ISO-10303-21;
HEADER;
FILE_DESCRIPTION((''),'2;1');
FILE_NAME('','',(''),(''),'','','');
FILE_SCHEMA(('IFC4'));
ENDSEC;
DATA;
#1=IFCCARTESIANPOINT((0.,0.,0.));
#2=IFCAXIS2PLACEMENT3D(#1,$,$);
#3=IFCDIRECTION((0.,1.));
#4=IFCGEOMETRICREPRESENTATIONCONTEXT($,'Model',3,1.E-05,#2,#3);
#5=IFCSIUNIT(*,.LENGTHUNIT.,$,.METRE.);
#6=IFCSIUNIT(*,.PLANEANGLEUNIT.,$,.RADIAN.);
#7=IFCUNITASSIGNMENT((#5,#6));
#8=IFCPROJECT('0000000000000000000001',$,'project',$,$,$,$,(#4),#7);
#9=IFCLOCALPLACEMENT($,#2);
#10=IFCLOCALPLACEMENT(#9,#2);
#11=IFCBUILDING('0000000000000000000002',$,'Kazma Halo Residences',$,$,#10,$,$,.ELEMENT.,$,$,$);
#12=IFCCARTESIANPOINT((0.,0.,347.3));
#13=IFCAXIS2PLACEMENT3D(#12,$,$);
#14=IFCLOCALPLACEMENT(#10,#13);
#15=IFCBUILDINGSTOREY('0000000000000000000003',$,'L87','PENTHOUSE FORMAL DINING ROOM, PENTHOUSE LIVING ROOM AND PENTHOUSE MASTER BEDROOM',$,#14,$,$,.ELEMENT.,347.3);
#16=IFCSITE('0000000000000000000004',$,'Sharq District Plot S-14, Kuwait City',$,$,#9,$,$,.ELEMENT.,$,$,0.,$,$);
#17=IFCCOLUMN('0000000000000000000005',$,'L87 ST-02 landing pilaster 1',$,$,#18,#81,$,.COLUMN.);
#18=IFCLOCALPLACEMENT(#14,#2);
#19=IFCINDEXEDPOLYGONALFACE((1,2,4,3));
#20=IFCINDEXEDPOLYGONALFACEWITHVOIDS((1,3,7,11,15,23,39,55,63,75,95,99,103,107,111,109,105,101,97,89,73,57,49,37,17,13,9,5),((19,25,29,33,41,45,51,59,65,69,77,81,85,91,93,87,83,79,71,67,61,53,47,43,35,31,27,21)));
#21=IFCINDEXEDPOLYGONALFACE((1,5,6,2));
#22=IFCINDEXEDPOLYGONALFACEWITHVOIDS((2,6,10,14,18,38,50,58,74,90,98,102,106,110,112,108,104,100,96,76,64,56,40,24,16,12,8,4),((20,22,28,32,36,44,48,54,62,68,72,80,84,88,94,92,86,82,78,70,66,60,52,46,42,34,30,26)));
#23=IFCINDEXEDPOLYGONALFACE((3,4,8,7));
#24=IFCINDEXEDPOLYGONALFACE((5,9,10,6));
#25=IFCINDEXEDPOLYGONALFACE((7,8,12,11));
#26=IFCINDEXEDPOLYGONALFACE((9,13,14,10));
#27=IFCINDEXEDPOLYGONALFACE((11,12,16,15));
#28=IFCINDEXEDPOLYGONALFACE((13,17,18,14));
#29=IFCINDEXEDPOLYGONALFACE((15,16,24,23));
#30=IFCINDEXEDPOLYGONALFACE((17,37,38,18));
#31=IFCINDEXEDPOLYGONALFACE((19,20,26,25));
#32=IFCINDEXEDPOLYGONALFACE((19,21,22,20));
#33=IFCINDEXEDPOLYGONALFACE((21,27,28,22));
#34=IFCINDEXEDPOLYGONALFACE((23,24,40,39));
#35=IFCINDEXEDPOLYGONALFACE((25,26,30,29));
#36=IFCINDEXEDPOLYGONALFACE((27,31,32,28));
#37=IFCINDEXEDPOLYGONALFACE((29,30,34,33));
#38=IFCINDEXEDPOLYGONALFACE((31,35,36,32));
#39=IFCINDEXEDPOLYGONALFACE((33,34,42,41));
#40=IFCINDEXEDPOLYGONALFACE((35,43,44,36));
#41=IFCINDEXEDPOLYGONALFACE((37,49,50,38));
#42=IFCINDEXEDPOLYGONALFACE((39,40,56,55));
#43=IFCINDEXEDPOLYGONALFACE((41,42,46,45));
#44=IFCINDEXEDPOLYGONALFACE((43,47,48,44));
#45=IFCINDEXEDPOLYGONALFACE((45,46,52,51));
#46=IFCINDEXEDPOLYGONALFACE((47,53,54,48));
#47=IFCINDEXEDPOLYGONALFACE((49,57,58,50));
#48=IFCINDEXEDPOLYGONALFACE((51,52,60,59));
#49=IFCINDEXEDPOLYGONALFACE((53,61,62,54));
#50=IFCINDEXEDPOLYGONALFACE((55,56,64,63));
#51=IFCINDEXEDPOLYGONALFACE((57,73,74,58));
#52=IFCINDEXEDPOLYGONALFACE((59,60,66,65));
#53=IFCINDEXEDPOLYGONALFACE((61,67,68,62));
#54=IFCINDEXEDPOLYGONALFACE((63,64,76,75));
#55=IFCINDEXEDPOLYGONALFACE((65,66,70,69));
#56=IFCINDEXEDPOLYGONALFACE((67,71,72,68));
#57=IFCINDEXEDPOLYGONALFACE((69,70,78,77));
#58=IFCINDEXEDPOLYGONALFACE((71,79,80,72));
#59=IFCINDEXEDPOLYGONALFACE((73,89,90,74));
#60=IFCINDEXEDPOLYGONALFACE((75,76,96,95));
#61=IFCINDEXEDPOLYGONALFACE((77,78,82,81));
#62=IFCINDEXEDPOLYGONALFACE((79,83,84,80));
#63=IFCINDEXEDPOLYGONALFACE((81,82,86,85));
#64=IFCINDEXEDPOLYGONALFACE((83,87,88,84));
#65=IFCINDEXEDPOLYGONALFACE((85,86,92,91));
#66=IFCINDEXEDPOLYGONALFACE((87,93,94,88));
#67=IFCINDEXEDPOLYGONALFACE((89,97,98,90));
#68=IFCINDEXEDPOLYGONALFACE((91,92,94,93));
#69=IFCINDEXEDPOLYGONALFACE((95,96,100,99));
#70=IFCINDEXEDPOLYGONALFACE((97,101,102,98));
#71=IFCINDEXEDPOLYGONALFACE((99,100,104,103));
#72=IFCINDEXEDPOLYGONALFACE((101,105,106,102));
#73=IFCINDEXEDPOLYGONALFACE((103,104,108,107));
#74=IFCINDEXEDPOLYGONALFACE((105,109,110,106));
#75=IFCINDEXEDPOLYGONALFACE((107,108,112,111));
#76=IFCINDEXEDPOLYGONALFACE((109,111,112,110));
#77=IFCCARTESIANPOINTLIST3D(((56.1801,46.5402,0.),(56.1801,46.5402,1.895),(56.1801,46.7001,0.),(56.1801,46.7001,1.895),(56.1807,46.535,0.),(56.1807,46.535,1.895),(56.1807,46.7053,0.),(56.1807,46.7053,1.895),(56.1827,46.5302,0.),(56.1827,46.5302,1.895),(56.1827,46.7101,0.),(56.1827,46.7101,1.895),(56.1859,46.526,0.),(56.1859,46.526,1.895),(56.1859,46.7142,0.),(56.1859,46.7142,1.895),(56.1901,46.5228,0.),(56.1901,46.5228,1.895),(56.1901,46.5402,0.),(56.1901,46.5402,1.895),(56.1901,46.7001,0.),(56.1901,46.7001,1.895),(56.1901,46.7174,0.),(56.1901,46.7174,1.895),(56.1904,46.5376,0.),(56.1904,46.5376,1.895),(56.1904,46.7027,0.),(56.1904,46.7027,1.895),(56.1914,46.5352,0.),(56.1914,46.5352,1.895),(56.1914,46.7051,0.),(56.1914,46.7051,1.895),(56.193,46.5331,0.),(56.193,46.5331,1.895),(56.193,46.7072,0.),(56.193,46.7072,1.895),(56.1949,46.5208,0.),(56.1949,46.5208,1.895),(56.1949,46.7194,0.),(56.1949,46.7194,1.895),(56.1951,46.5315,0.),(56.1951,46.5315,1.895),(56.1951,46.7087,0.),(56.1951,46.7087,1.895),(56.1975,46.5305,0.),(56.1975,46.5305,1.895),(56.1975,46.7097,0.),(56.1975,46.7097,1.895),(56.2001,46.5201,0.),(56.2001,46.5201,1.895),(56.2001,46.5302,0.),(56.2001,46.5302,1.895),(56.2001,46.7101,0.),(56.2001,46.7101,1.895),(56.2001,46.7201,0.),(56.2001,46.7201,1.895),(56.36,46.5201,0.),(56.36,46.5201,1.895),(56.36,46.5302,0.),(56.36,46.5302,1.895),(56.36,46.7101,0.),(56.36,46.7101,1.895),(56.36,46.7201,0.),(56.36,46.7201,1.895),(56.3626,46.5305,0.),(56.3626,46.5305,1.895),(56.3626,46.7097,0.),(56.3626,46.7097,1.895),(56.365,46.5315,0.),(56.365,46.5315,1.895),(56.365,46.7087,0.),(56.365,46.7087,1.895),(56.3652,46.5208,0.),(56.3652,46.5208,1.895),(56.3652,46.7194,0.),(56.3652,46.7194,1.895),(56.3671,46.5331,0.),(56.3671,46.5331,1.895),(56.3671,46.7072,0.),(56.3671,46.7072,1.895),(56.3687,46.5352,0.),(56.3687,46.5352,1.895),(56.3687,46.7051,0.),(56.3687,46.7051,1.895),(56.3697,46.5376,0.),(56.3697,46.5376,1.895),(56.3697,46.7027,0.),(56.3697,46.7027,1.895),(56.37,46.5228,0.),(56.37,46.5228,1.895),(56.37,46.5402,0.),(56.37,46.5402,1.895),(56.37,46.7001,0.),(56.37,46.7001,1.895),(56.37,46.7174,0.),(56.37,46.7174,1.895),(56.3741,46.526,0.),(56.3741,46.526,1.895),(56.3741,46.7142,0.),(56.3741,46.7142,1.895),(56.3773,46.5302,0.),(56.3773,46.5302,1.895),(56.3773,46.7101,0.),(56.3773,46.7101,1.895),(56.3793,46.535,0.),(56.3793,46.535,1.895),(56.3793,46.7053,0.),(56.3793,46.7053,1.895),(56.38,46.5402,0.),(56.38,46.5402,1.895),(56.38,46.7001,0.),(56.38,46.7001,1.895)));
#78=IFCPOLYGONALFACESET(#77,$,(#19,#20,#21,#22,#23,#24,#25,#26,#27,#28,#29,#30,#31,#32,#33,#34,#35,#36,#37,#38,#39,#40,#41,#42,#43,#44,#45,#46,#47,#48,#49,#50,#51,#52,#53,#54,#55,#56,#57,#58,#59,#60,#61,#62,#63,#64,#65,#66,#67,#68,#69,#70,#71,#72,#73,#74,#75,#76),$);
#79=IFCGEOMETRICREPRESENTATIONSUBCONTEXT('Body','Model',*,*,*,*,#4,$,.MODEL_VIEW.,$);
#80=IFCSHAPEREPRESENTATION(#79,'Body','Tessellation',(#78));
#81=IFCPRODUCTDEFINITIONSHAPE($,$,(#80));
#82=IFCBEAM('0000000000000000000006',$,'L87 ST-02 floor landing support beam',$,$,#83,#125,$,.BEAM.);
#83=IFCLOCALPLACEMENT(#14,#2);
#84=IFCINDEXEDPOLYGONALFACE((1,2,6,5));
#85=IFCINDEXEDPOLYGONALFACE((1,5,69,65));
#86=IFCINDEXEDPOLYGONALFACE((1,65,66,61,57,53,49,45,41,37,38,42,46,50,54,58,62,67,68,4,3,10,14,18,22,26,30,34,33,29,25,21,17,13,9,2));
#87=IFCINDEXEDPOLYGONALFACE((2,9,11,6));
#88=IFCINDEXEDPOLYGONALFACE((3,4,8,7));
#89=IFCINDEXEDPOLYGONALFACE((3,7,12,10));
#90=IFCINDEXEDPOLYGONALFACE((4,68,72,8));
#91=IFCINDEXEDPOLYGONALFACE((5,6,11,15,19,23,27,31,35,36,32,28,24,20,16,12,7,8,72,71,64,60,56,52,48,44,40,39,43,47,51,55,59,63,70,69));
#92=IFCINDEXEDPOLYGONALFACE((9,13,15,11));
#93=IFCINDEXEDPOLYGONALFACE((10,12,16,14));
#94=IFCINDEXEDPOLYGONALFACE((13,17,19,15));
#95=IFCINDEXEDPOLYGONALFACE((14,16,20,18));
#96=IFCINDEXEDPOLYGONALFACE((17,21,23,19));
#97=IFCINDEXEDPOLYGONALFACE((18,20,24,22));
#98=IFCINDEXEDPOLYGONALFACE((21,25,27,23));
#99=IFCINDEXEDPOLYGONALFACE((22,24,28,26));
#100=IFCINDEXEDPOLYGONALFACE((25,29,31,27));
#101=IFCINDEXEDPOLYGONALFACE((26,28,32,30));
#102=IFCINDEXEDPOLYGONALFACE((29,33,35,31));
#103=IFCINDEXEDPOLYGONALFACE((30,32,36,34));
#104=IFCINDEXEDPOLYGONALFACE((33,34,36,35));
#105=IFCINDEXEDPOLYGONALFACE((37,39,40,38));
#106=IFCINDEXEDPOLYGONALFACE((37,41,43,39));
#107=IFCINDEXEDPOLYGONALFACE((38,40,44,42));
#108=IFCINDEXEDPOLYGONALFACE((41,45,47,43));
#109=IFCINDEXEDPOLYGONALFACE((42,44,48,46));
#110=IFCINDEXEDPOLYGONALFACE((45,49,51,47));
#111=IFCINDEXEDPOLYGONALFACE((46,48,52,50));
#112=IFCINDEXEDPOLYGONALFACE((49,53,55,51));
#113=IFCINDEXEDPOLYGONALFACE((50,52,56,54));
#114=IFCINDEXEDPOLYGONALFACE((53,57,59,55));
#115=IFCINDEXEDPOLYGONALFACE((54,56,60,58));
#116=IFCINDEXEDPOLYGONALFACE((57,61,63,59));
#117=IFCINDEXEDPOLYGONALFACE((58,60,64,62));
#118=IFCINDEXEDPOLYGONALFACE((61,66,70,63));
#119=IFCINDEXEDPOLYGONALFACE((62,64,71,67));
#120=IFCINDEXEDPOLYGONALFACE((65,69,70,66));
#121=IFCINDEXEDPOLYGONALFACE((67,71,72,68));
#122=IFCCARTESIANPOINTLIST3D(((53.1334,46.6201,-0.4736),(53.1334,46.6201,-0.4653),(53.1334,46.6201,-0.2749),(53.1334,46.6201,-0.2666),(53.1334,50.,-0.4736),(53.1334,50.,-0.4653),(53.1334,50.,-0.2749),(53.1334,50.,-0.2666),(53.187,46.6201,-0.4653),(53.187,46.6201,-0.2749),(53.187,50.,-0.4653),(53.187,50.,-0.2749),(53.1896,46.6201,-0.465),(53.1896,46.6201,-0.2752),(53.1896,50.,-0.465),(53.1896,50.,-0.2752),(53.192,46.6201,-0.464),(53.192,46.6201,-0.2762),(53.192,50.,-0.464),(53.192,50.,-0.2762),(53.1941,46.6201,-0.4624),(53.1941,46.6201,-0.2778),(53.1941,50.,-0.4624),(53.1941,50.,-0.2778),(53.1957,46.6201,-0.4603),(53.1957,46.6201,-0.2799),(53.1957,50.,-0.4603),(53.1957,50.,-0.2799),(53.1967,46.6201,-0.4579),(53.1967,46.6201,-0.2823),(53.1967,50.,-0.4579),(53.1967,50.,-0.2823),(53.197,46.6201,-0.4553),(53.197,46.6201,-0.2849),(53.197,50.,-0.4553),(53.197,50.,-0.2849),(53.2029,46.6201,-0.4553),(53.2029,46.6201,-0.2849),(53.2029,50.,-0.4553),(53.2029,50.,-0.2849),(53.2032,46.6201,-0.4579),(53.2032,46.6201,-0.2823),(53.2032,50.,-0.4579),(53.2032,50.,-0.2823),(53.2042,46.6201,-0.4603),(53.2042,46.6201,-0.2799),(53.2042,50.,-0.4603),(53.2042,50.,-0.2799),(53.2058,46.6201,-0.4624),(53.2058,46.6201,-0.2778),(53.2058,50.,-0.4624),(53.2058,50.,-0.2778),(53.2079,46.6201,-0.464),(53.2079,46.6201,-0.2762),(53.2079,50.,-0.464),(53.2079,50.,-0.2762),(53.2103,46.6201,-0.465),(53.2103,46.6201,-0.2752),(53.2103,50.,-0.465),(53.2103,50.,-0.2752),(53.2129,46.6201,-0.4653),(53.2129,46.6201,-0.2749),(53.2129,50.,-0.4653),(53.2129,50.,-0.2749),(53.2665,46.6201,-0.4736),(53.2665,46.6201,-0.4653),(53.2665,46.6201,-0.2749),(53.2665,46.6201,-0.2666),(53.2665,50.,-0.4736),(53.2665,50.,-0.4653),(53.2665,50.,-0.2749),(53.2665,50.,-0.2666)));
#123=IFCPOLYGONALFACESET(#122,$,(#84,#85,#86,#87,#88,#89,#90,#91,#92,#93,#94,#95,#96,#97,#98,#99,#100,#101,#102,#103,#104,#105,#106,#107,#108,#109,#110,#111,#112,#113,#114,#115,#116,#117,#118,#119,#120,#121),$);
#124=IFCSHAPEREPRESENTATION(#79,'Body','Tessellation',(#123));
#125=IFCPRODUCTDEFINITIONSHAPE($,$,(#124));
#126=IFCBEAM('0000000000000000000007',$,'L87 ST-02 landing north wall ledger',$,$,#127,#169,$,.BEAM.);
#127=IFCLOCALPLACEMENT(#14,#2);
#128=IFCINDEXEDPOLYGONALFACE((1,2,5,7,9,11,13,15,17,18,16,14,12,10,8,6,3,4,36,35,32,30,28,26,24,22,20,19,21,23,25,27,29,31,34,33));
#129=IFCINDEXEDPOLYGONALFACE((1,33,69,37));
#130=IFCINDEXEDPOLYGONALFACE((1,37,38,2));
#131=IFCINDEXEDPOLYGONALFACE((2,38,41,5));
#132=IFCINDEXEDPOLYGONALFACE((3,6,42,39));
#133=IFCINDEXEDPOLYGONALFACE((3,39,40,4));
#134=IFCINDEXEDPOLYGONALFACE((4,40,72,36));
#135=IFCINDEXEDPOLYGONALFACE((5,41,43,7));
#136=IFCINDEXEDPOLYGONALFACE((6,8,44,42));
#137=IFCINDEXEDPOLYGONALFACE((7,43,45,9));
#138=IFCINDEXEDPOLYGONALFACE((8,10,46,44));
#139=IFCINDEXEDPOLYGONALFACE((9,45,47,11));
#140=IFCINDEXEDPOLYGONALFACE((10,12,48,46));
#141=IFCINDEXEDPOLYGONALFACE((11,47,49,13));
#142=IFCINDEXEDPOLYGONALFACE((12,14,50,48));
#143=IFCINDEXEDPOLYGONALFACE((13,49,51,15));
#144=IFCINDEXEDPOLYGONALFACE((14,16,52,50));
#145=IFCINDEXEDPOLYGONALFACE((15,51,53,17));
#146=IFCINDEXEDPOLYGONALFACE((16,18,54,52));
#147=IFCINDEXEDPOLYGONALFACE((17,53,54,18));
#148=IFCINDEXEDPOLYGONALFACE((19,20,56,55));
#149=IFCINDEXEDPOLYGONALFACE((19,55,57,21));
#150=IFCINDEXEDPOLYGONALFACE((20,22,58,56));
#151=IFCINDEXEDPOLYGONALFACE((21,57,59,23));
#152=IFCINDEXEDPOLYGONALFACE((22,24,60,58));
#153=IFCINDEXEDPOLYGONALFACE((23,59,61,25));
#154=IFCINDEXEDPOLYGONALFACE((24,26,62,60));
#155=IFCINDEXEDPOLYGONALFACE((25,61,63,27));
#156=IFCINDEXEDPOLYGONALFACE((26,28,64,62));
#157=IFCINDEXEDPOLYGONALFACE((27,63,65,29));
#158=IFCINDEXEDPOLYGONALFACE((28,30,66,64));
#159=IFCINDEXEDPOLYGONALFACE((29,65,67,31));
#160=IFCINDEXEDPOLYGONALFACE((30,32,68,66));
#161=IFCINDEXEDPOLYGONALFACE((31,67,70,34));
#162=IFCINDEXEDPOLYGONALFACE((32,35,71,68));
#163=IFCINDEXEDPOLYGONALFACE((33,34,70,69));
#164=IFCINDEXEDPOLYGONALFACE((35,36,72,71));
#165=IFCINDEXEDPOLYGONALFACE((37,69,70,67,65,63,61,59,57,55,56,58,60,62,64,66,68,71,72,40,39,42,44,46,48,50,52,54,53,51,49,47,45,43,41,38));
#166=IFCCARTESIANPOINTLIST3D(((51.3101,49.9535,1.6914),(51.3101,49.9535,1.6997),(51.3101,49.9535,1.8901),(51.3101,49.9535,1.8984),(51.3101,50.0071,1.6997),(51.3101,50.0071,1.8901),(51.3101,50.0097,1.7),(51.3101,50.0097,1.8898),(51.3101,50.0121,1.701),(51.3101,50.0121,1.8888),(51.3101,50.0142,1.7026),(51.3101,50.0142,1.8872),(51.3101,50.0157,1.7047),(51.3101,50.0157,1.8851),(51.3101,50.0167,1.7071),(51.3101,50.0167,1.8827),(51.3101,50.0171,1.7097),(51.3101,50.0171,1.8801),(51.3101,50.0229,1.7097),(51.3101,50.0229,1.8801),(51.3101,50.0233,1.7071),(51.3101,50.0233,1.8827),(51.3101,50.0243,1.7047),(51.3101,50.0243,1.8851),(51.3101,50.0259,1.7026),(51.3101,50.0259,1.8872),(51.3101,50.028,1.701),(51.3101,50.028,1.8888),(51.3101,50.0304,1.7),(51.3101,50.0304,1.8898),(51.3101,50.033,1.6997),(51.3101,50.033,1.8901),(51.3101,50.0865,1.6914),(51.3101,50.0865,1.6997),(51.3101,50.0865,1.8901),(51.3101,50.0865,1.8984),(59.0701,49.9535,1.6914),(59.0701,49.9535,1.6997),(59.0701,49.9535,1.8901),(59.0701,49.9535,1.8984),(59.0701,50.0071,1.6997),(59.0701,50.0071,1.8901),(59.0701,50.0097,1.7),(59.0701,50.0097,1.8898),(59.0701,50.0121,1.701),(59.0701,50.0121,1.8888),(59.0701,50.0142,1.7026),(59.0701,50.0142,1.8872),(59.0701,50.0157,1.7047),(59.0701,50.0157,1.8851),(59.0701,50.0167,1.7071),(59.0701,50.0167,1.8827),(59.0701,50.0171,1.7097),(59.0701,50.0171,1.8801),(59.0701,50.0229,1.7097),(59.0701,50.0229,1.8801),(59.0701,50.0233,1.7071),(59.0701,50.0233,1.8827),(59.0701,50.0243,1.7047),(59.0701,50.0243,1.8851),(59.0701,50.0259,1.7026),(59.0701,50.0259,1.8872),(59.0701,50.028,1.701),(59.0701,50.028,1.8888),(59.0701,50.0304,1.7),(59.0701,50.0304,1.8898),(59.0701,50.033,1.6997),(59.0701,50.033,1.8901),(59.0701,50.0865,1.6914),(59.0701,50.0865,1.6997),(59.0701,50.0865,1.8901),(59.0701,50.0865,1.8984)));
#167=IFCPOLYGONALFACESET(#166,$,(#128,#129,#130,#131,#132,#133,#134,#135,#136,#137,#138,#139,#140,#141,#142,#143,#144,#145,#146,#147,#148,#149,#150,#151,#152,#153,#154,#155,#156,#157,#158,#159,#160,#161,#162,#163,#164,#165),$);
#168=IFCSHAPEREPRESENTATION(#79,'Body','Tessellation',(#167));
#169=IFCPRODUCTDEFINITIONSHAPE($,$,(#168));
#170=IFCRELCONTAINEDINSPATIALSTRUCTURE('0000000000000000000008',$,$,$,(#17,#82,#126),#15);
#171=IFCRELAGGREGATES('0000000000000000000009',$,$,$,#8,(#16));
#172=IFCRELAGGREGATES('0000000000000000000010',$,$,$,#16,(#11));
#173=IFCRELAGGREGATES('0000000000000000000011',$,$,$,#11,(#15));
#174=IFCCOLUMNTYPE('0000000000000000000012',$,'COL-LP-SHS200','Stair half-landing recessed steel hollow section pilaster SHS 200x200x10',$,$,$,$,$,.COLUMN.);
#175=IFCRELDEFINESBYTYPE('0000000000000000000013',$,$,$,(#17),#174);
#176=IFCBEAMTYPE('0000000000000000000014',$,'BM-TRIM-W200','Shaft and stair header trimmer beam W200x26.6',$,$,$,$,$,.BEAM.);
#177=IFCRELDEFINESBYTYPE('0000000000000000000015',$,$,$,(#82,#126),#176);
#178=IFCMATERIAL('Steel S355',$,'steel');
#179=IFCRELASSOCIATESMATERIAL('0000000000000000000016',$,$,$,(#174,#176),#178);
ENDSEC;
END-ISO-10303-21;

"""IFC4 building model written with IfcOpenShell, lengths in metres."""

from ifc_helpers import new_model, si_unit, direction, frame, origin, origin_2d, place, context, subcontext, project, spatial, hollow_rectangle, i_section, extrude, material, material_profile, profile_set, type_object, element, save


model = new_model("IFC4")

# Units and contexts
model_context = context("Model", 3, precision=1e-05, world=origin(), true_north=direction((0.0, 1.0)))
body_context = subcontext(model_context, "Body", "Model", "MODEL_VIEW")
ifc_project = project(units=[si_unit("LENGTHUNIT", "METRE"), si_unit("PLANEANGLEUNIT", "RADIAN")], contexts=[model_context])

# Site, building, storey
site_placement = place(None, origin())
site = spatial("IfcSite", under=ifc_project, at=site_placement, Name="Sharq District Plot S-14, Kuwait City", CompositionType="ELEMENT", RefElevation=0.0)
building_placement = place(site_placement, origin())
building = spatial("IfcBuilding", under=site, at=building_placement, Name="Kazma Halo Residences", CompositionType="ELEMENT")
storey_placement = place(building_placement, frame((0.0, 0.0, 347.3)))
storey = spatial("IfcBuildingStorey", under=building, at=storey_placement, Name="L87", Description="PENTHOUSE FORMAL DINING ROOM, PENTHOUSE LIVING ROOM AND PENTHOUSE MASTER BEDROOM", CompositionType="ELEMENT", Elevation=347.3)

# Column
ifc_material_1 = material(Name="Steel S355", Category="steel")
ifc_material_profile_1 = material_profile(ifc_material_1, hollow_rectangle(XDim=0.2, YDim=0.2, WallThickness=0.01, InnerFilletRadius=0.01, OuterFilletRadius=0.02, at=origin_2d()), Name="SHS200x200x10")
ifc_profile_set_1 = profile_set([ifc_material_profile_1], Name="Steel S355")
column_type = type_object("IfcColumnType", Name="COL-LP-SHS200", Description="Stair half-landing recessed steel hollow section pilaster SHS 200x200x10", PredefinedType="COLUMN", material=ifc_profile_set_1)
column_placement = place(storey_placement, frame((56.28, 46.6201, 0.0), z_axis=(0.0, 0.0, 1.0), x_axis=(1.0, 0.0, 0.0)))
element("IfcColumn", 1, at=column_placement, inside=storey, type_object=column_type, Name="L87 ST-02 landing pilaster 1", PredefinedType="COLUMN", context=body_context, shape_type="SweptSolid", body=[
    extrude(hollow_rectangle(XDim=0.2, YDim=0.2, WallThickness=0.01, InnerFilletRadius=0.01, OuterFilletRadius=0.02, at=origin_2d()), origin(), (0.0, 0.0, 1.0), 1.895),
])

# Beams
ifc_material_profile_2 = material_profile(ifc_material_1, i_section(OverallWidth=0.1331, OverallDepth=0.207, WebThickness=0.0059, FlangeThickness=0.0083, FilletRadius=0.01, at=origin_2d()), Name="W200x26.6")
ifc_profile_set_2 = profile_set([ifc_material_profile_2], Name="Steel S355")
beam_type = type_object("IfcBeamType", Name="BM-TRIM-W200", Description="Shaft and stair header trimmer beam W200x26.6", PredefinedType="BEAM", material=ifc_profile_set_2)
beam_1_placement = place(storey_placement, frame((53.2, 46.6201, -0.3701), z_axis=(0.0, 1.0, 0.0), x_axis=(-1.0, 0.0, 0.0)))
element("IfcBeam", 2, at=beam_1_placement, inside=storey, type_object=beam_type, Name="L87 ST-02 floor landing support beam", PredefinedType="BEAM", context=body_context, shape_type="SweptSolid", body=[
    extrude(i_section(OverallWidth=0.1331, OverallDepth=0.207, WebThickness=0.0059, FlangeThickness=0.0083, FilletRadius=0.01, at=origin_2d()), origin(), (0.0, 0.0, 1.0), 3.3799),
])
beam_2_placement = place(storey_placement, frame((51.3101, 50.02, 1.7949), z_axis=(1.0, 0.0, 0.0), x_axis=(0.0, 1.0, 0.0)))
element("IfcBeam", 3, at=beam_2_placement, inside=storey, type_object=beam_type, Name="L87 ST-02 landing north wall ledger", PredefinedType="BEAM", context=body_context, shape_type="SweptSolid", body=[
    extrude(i_section(OverallWidth=0.1331, OverallDepth=0.207, WebThickness=0.0059, FlangeThickness=0.0083, FilletRadius=0.01, at=origin_2d()), origin(), (0.0, 0.0, 1.0), 7.76),
])

save(model, "model.ifc")
